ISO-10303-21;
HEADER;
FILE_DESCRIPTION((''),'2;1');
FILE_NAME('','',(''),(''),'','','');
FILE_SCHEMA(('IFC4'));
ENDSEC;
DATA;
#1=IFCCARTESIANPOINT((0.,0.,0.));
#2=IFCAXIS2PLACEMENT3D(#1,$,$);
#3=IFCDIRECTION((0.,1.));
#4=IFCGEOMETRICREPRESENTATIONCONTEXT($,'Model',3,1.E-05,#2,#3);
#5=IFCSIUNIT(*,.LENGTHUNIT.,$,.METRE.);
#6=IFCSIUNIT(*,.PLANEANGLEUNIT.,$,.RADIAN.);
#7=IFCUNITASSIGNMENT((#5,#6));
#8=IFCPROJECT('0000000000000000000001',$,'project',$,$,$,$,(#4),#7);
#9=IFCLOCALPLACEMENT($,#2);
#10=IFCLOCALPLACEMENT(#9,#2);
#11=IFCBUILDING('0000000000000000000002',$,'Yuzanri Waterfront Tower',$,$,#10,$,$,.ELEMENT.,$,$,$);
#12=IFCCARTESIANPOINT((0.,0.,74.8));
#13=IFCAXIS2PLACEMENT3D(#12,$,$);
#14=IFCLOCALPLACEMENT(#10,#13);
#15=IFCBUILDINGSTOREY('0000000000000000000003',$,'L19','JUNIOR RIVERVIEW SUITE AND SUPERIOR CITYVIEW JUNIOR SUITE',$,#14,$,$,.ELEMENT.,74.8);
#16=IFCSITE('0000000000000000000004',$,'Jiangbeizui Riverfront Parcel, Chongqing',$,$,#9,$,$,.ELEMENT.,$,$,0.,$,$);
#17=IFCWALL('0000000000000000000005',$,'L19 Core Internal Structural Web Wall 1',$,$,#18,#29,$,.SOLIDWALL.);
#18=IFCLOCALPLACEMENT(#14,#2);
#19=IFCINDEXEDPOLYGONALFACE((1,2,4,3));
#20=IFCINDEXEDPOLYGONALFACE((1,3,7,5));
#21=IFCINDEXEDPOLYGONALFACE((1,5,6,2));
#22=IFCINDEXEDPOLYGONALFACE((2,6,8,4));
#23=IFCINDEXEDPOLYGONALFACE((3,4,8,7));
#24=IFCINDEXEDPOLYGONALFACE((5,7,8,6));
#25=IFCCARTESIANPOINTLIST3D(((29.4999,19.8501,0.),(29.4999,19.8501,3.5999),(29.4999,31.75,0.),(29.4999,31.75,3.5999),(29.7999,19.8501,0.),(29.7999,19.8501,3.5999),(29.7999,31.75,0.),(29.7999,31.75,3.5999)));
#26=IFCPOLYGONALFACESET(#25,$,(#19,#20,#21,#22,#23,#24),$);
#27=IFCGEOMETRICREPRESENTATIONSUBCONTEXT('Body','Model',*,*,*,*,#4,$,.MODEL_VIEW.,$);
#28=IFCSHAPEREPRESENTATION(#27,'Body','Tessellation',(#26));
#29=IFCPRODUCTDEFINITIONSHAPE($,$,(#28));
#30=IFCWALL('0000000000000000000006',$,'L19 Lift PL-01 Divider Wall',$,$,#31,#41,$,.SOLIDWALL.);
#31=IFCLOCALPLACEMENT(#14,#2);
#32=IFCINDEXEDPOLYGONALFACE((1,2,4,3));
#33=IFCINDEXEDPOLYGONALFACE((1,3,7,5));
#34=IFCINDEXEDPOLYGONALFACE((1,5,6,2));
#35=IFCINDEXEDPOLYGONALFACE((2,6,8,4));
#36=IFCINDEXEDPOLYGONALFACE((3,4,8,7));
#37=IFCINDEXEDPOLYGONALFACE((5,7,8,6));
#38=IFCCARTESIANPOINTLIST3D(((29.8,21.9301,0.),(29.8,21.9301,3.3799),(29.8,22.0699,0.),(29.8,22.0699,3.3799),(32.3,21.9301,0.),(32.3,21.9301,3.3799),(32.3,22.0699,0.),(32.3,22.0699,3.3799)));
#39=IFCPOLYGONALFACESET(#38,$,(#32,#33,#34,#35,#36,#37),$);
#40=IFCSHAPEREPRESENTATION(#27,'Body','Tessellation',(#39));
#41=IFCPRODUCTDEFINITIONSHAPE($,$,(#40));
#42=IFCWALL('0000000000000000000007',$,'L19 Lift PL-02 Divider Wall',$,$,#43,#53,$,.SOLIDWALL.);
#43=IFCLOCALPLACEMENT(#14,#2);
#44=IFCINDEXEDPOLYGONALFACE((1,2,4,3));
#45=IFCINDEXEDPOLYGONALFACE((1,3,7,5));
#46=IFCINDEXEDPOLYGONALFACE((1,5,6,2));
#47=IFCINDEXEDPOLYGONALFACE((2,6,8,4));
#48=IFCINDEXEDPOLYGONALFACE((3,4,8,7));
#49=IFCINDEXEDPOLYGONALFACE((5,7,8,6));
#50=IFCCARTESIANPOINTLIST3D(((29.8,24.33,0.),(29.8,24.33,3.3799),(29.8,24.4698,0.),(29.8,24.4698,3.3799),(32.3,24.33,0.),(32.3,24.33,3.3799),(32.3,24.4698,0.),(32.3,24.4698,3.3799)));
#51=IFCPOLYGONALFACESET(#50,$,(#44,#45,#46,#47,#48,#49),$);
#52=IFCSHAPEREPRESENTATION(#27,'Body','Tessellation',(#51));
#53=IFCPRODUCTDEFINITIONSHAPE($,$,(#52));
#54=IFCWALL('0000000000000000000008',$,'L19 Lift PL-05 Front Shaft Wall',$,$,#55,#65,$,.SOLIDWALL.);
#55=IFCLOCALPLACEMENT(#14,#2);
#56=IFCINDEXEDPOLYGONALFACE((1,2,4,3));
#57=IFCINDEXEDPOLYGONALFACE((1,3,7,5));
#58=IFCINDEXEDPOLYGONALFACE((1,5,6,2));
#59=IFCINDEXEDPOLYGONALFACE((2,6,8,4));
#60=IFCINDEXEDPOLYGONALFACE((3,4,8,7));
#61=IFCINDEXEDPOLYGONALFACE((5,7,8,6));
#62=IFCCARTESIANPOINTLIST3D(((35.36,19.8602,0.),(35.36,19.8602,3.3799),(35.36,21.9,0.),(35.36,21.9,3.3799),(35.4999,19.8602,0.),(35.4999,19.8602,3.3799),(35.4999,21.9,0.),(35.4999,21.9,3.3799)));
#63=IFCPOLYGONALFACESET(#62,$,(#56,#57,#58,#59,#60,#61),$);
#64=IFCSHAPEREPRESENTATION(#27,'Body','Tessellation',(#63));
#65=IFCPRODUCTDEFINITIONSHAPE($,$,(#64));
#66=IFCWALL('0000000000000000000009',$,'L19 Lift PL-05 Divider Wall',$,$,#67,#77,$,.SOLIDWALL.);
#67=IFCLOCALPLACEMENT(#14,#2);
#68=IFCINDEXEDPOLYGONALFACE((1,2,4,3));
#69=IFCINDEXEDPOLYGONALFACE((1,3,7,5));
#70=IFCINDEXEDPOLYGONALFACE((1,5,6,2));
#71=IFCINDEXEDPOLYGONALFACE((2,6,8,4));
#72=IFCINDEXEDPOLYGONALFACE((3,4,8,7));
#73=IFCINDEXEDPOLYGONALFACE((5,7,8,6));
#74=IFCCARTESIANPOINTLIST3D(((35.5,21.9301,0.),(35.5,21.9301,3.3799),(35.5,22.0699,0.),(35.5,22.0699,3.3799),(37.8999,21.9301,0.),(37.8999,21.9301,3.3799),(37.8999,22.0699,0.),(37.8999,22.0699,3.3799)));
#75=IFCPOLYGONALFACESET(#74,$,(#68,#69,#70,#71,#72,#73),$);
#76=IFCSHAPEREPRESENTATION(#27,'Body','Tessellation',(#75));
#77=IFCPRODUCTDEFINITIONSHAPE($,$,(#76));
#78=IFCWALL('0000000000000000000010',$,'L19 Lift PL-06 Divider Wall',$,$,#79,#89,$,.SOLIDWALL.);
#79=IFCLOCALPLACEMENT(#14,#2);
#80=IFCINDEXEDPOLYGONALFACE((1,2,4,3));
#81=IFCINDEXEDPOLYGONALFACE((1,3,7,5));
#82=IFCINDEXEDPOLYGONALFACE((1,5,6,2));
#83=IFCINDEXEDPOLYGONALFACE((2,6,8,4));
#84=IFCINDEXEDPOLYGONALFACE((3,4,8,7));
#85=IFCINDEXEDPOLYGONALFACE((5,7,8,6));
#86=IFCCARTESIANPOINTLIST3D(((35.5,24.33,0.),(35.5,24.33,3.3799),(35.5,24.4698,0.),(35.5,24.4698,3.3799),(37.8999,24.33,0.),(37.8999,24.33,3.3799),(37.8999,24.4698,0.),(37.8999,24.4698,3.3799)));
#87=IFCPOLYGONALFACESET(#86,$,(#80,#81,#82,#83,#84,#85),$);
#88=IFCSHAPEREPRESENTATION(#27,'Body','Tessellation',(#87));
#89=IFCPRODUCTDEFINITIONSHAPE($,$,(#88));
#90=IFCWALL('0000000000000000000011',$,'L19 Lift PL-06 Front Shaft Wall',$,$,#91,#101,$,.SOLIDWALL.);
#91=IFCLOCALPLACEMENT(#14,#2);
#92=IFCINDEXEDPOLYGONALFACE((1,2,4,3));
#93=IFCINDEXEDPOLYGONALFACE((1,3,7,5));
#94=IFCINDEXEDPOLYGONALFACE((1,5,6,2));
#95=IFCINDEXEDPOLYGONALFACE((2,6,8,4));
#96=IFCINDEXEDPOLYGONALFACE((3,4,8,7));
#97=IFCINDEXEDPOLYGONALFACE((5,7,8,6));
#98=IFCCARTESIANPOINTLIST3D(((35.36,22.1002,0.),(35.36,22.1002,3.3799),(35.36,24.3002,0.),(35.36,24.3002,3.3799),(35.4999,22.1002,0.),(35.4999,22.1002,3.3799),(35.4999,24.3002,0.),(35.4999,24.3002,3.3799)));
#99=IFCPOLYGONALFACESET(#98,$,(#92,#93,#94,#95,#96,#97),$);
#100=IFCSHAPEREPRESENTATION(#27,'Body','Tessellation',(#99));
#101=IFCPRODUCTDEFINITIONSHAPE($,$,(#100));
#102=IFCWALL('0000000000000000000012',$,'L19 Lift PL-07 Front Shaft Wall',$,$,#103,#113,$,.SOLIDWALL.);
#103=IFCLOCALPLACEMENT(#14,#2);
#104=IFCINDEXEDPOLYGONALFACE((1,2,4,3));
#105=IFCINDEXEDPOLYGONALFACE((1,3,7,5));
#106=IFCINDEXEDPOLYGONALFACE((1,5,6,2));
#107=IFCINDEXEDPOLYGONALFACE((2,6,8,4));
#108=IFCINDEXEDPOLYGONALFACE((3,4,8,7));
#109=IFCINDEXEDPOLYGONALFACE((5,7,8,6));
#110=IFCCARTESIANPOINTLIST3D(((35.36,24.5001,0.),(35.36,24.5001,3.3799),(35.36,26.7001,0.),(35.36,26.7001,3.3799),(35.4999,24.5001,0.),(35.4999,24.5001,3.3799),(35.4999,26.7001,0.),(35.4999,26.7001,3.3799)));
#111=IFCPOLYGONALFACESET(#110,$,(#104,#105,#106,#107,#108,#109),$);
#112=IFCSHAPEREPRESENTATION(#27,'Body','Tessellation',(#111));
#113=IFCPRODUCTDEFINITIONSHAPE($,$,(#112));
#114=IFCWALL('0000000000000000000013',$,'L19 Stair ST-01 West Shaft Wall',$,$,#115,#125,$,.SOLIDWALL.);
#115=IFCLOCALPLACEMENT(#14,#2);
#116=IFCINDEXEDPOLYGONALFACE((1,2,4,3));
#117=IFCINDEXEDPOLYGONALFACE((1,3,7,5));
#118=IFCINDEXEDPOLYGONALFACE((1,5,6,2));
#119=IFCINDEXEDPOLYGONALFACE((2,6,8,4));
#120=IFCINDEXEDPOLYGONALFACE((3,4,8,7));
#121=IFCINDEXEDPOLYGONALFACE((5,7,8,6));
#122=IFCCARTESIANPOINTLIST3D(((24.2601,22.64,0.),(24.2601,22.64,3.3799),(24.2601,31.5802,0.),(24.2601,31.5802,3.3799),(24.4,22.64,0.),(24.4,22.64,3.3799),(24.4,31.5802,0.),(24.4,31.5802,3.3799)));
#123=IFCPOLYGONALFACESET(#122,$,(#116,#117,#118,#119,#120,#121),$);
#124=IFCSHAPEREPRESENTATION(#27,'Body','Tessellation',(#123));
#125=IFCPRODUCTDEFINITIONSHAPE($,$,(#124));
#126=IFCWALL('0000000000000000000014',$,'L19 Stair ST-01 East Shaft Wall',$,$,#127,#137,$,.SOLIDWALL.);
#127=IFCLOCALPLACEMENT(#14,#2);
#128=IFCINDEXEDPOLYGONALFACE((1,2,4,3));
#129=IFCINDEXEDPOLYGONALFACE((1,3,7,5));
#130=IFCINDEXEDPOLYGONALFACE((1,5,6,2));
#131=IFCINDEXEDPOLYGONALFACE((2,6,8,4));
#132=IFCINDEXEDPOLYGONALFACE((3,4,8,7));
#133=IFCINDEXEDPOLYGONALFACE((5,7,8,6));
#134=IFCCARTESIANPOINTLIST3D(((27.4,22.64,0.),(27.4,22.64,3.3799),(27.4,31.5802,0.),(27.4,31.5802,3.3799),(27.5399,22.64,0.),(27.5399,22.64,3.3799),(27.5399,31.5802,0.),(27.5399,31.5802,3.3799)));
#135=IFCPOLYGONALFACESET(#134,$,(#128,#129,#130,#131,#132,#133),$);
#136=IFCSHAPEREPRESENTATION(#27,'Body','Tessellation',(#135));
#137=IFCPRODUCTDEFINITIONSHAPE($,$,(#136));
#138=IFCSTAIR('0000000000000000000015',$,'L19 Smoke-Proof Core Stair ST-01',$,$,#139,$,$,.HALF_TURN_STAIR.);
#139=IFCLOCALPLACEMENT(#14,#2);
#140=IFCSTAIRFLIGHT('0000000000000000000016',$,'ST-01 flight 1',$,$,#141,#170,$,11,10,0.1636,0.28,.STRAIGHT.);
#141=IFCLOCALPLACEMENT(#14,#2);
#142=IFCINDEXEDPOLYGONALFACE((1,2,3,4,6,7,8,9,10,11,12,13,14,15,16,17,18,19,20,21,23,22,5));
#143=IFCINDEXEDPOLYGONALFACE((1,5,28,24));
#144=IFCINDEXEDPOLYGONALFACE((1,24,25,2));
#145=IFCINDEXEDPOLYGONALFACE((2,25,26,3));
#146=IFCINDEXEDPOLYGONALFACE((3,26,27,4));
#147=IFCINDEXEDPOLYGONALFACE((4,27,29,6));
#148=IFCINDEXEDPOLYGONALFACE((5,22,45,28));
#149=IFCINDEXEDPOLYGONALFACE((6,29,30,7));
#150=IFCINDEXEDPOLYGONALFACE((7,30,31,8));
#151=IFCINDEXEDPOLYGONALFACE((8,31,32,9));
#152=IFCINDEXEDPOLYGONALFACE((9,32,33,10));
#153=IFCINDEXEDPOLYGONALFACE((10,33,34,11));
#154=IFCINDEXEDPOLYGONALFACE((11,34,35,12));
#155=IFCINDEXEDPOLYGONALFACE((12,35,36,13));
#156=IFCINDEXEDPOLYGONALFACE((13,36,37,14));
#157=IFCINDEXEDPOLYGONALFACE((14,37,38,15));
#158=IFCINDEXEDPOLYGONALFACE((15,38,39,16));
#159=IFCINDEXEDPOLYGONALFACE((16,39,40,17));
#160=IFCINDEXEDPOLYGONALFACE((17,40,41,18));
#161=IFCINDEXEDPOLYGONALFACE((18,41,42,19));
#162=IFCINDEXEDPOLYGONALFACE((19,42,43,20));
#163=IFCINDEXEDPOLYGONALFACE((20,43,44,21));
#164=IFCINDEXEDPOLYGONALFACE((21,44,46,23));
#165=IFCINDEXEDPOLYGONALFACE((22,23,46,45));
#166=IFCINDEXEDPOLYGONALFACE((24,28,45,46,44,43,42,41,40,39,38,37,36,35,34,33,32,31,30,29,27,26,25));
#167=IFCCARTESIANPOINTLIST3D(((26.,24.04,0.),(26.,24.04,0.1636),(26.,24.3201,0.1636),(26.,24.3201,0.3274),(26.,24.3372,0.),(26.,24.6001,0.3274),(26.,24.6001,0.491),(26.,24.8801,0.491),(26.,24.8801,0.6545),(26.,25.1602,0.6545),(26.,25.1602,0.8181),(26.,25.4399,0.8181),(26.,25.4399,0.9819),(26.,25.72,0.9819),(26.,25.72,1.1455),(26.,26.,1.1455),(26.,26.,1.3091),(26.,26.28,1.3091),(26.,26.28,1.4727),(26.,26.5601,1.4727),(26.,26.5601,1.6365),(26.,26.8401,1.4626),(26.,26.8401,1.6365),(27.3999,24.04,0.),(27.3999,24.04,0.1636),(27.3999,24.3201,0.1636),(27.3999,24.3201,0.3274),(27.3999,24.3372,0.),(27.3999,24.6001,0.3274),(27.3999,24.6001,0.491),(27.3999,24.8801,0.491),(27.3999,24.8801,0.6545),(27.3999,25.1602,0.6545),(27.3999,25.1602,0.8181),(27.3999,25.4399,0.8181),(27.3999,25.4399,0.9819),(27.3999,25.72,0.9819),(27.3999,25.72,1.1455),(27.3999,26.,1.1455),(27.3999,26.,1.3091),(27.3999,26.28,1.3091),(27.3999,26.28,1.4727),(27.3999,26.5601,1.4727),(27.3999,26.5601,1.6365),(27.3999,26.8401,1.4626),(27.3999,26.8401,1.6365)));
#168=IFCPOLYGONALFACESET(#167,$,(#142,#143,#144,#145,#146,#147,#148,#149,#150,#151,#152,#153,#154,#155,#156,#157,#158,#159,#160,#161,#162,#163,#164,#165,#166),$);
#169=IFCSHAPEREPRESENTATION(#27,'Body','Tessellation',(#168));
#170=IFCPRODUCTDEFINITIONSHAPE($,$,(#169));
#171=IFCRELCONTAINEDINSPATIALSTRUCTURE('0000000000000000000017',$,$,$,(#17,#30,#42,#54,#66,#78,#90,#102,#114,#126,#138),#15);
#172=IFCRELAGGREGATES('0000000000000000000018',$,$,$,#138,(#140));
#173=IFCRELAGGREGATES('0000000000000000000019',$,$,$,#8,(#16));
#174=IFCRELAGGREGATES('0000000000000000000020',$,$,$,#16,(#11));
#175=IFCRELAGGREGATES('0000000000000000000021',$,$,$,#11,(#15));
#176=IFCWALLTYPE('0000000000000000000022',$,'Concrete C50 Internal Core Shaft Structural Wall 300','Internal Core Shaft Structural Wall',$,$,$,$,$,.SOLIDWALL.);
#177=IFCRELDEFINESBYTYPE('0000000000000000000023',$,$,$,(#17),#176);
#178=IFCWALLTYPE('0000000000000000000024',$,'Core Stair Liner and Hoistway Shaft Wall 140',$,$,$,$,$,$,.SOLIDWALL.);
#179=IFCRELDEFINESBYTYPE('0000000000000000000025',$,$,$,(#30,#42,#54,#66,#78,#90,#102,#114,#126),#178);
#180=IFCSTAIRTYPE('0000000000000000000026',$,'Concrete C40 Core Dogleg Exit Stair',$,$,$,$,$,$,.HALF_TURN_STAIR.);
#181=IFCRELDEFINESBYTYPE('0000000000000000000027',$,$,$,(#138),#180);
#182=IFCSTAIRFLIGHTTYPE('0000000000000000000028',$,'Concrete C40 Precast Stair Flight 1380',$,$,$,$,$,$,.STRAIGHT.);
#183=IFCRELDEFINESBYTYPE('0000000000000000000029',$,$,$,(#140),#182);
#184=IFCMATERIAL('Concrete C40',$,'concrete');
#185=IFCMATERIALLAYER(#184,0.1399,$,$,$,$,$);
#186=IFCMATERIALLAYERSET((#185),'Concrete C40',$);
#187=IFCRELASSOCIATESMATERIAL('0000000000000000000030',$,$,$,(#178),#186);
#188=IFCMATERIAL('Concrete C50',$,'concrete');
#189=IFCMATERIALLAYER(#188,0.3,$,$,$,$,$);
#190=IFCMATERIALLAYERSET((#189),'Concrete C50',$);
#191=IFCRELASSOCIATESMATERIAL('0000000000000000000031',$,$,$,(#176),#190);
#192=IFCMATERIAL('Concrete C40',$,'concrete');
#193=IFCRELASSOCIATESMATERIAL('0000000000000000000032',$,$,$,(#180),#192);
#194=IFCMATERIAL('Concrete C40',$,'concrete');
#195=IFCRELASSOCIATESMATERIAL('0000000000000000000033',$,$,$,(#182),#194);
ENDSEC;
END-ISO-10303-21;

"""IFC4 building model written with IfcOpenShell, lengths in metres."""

from ifc_helpers import new_model, si_unit, direction, frame, frame_2d, origin, place, context, subcontext, project, spatial, polyline, rectangle, outline, extrude, source, transform, mapped, material, layer, layer_set, type_object, element, aggregate, save


model = new_model("IFC4")

# Units and contexts
model_context = context("Model", 3, precision=1e-05, world=origin(), true_north=direction((0.0, 1.0)))
body_context = subcontext(model_context, "Body", "Model", "MODEL_VIEW")
ifc_project = project(units=[si_unit("LENGTHUNIT", "METRE"), si_unit("PLANEANGLEUNIT", "RADIAN")], contexts=[model_context])

# Site, building, storey
site_placement = place(None, origin())
site = spatial("IfcSite", under=ifc_project, at=site_placement, Name="Jiangbeizui Riverfront Parcel, Chongqing", CompositionType="ELEMENT", RefElevation=0.0)
building_placement = place(site_placement, origin())
building = spatial("IfcBuilding", under=site, at=building_placement, Name="Yuzanri Waterfront Tower", CompositionType="ELEMENT")
storey_placement = place(building_placement, frame((0.0, 0.0, 74.8)))
storey = spatial("IfcBuildingStorey", under=building, at=storey_placement, Name="L19", Description="JUNIOR RIVERVIEW SUITE AND SUPERIOR CITYVIEW JUNIOR SUITE", CompositionType="ELEMENT", Elevation=74.8)

# Shared definitions
ifc_material_1 = material(Name="Concrete C40", Category="concrete")
ifc_layer_1 = layer(ifc_material_1, 0.1399)
ifc_layer_set_1 = layer_set([ifc_layer_1], Name="Concrete C40")
wall_type_1 = type_object("IfcWallType", Name="Core Stair Liner and Hoistway Shaft Wall 140", PredefinedType="SOLIDWALL", material=ifc_layer_set_1)

# Walls
ifc_material_2 = material(Name="Concrete C50", Category="concrete")
ifc_layer_2 = layer(ifc_material_2, 0.3)
ifc_layer_set_2 = layer_set([ifc_layer_2], Name="Concrete C50")
wall_type_2 = type_object("IfcWallType", Name="Concrete C50 Internal Core Shaft Structural Wall 300", Description="Internal Core Shaft Structural Wall", PredefinedType="SOLIDWALL", material=ifc_layer_set_2)
shared_shape_1 = source(origin(), body_context, "Body", "SweptSolid", [
    extrude(rectangle(XDim=11.8999, YDim=0.3, at=frame_2d((5.95, 0.0))), origin(), (0.0, 0.0, 1.0), 3.5999),
])
wall_1_placement = place(storey_placement, frame((29.6499, 19.8501, 0.0), z_axis=(0.0, 0.0, 1.0), x_axis=(0.0, 1.0, 0.0)))
element("IfcWall", 1, at=wall_1_placement, inside=storey, type_object=wall_type_2, Name="L19 Core Internal Structural Web Wall 1", PredefinedType="SOLIDWALL", context=body_context, shape_type="MappedRepresentation", body=[
    mapped(shared_shape_1, transform((0.0, 0.0, 0.0), scale=1.0)),
])
shared_shape_2 = source(origin(), body_context, "Body", "SweptSolid", [
    extrude(rectangle(XDim=2.5, YDim=0.1399, at=frame_2d((1.25, 0.0))), origin(), (0.0, 0.0, 1.0), 3.3799),
])
for number, where, z_axis, x_axis, name in (
    (2, (29.8, 22.0, 0.0), (0.0, 0.0, 1.0), (1.0, 0.0, 0.0), "L19 Lift PL-01 Divider Wall"),
    (3, (29.8, 24.3999, 0.0), (0.0, 0.0, 1.0), (1.0, 0.0, 0.0), "L19 Lift PL-02 Divider Wall"),
):
    element("IfcWall", number, at=place(storey_placement, frame(where, z_axis=z_axis, x_axis=x_axis)), inside=storey, type_object=wall_type_1, Name=name, PredefinedType="SOLIDWALL", context=body_context, shape_type="MappedRepresentation", body=[
        mapped(shared_shape_2, transform((0.0, 0.0, 0.0), scale=1.0)),
    ])
shared_shape_3 = source(origin(), body_context, "Body", "SweptSolid", [
    extrude(rectangle(XDim=2.0398, YDim=0.1399, at=frame_2d((1.02, 0.0))), origin(), (0.0, 0.0, 1.0), 3.3799),
])
wall_2_placement = place(storey_placement, frame((35.4299, 19.8601, 0.0), z_axis=(0.0, 0.0, 1.0), x_axis=(0.0, 1.0, 0.0)))
element("IfcWall", 4, at=wall_2_placement, inside=storey, type_object=wall_type_1, Name="L19 Lift PL-05 Front Shaft Wall", PredefinedType="SOLIDWALL", context=body_context, shape_type="MappedRepresentation", body=[
    mapped(shared_shape_3, transform((0.0, 0.0, 0.0), scale=1.0)),
])
shared_shape_4 = source(origin(), body_context, "Body", "SweptSolid", [
    extrude(rectangle(XDim=2.3999, YDim=0.1399, at=frame_2d((1.2, 0.0))), origin(), (0.0, 0.0, 1.0), 3.3799),
])
for number, where, z_axis, x_axis, name in (
    (5, (35.5, 22.0, 0.0), (0.0, 0.0, 1.0), (1.0, 0.0, 0.0), "L19 Lift PL-05 Divider Wall"),
    (6, (35.5, 24.3999, 0.0), (0.0, 0.0, 1.0), (1.0, 0.0, 0.0), "L19 Lift PL-06 Divider Wall"),
):
    element("IfcWall", number, at=place(storey_placement, frame(where, z_axis=z_axis, x_axis=x_axis)), inside=storey, type_object=wall_type_1, Name=name, PredefinedType="SOLIDWALL", context=body_context, shape_type="MappedRepresentation", body=[
        mapped(shared_shape_4, transform((0.0, 0.0, 0.0), scale=1.0)),
    ])
shared_shape_5 = source(origin(), body_context, "Body", "SweptSolid", [
    extrude(rectangle(XDim=2.2, YDim=0.1399, at=frame_2d((1.1001, 0.0))), origin(), (0.0, 0.0, 1.0), 3.3799),
])
for number, where, z_axis, x_axis, name in (
    (7, (35.4299, 22.1001, 0.0), (0.0, 0.0, 1.0), (0.0, 1.0, 0.0), "L19 Lift PL-06 Front Shaft Wall"),
    (8, (35.4299, 24.5, 0.0), (0.0, 0.0, 1.0), (0.0, 1.0, 0.0), "L19 Lift PL-07 Front Shaft Wall"),
):
    element("IfcWall", number, at=place(storey_placement, frame(where, z_axis=z_axis, x_axis=x_axis)), inside=storey, type_object=wall_type_1, Name=name, PredefinedType="SOLIDWALL", context=body_context, shape_type="MappedRepresentation", body=[
        mapped(shared_shape_5, transform((0.0, 0.0, 0.0), scale=1.0)),
    ])
shared_shape_6 = source(origin(), body_context, "Body", "SweptSolid", [
    extrude(rectangle(XDim=8.9402, YDim=0.1399, at=frame_2d((4.4702, 0.0))), origin(), (0.0, 0.0, 1.0), 3.3799),
])
for number, where, z_axis, x_axis, name in (
    (9, (24.3301, 22.6399, 0.0), (0.0, 0.0, 1.0), (0.0, 1.0, 0.0), "L19 Stair ST-01 West Shaft Wall"),
    (10, (27.47, 22.6399, 0.0), (0.0, 0.0, 1.0), (0.0, 1.0, 0.0), "L19 Stair ST-01 East Shaft Wall"),
):
    element("IfcWall", number, at=place(storey_placement, frame(where, z_axis=z_axis, x_axis=x_axis)), inside=storey, type_object=wall_type_1, Name=name, PredefinedType="SOLIDWALL", context=body_context, shape_type="MappedRepresentation", body=[
        mapped(shared_shape_6, transform((0.0, 0.0, 0.0), scale=1.0)),
    ])

# Stair, stair flight
ifc_material_3 = material(Name="Concrete C40", Category="concrete")
stair_type = type_object("IfcStairType", Name="Concrete C40 Core Dogleg Exit Stair", PredefinedType="HALF_TURN_STAIR", material=ifc_material_3)
stair_placement = place(storey_placement, origin())
stair = element("IfcStair", 11, at=stair_placement, inside=storey, type_object=stair_type, Name="L19 Smoke-Proof Core Stair ST-01", PredefinedType="HALF_TURN_STAIR")
ifc_material_4 = material(Name="Concrete C40", Category="concrete")
stair_flight_type = type_object("IfcStairFlightType", Name="Concrete C40 Precast Stair Flight 1380", PredefinedType="STRAIGHT", material=ifc_material_4)
shared_shape_7 = source(origin(), body_context, "Body", "SweptSolid", [
    extrude(outline(polyline([(0.0, 0.0), (0.0, 0.1636), (0.28, 0.1636), (0.28, 0.3274), (0.5601, 0.3274), (0.5601, 0.491), (0.8401, 0.491), (0.8401, 0.6545), (1.1201, 0.6545), (1.1201, 0.8181), (1.3999, 0.8181), (1.3999, 0.9819), (1.6799, 0.9819), (1.6799, 1.1455), (1.96, 1.1455), (1.96, 1.3091), (2.24, 1.3091), (2.24, 1.4727), (2.52, 1.4727), (2.52, 1.6365), (2.8, 1.6365), (2.8, 1.8), (2.8, 1.4626), (0.2971, 0.0), (0.0, 0.0)])), frame((0.0, 0.7, 0.0), z_axis=(0.0, -1.0, 0.0), x_axis=(1.0, 0.0, 0.0)), (0.0, 0.0, 1.0), 1.3999),
])
stair_flight_placement = place(storey_placement, frame((26.7, 24.04, 0.0), z_axis=(0.0, 0.0, 1.0), x_axis=(0.0, 1.0, 0.0)))
stair_flight = element("IfcStairFlight", 12, at=stair_flight_placement, type_object=stair_flight_type, Name="ST-01 flight 1", NumberOfRisers=11, NumberOfTreads=10, PredefinedType="STRAIGHT", RiserHeight=0.1636, TreadLength=0.28, context=body_context, shape_type="MappedRepresentation", body=[
    mapped(shared_shape_7, transform((0.0, 0.0, 0.0), scale=1.0)),
])
aggregate(stair, [stair_flight])

save(model, "model.ifc")
